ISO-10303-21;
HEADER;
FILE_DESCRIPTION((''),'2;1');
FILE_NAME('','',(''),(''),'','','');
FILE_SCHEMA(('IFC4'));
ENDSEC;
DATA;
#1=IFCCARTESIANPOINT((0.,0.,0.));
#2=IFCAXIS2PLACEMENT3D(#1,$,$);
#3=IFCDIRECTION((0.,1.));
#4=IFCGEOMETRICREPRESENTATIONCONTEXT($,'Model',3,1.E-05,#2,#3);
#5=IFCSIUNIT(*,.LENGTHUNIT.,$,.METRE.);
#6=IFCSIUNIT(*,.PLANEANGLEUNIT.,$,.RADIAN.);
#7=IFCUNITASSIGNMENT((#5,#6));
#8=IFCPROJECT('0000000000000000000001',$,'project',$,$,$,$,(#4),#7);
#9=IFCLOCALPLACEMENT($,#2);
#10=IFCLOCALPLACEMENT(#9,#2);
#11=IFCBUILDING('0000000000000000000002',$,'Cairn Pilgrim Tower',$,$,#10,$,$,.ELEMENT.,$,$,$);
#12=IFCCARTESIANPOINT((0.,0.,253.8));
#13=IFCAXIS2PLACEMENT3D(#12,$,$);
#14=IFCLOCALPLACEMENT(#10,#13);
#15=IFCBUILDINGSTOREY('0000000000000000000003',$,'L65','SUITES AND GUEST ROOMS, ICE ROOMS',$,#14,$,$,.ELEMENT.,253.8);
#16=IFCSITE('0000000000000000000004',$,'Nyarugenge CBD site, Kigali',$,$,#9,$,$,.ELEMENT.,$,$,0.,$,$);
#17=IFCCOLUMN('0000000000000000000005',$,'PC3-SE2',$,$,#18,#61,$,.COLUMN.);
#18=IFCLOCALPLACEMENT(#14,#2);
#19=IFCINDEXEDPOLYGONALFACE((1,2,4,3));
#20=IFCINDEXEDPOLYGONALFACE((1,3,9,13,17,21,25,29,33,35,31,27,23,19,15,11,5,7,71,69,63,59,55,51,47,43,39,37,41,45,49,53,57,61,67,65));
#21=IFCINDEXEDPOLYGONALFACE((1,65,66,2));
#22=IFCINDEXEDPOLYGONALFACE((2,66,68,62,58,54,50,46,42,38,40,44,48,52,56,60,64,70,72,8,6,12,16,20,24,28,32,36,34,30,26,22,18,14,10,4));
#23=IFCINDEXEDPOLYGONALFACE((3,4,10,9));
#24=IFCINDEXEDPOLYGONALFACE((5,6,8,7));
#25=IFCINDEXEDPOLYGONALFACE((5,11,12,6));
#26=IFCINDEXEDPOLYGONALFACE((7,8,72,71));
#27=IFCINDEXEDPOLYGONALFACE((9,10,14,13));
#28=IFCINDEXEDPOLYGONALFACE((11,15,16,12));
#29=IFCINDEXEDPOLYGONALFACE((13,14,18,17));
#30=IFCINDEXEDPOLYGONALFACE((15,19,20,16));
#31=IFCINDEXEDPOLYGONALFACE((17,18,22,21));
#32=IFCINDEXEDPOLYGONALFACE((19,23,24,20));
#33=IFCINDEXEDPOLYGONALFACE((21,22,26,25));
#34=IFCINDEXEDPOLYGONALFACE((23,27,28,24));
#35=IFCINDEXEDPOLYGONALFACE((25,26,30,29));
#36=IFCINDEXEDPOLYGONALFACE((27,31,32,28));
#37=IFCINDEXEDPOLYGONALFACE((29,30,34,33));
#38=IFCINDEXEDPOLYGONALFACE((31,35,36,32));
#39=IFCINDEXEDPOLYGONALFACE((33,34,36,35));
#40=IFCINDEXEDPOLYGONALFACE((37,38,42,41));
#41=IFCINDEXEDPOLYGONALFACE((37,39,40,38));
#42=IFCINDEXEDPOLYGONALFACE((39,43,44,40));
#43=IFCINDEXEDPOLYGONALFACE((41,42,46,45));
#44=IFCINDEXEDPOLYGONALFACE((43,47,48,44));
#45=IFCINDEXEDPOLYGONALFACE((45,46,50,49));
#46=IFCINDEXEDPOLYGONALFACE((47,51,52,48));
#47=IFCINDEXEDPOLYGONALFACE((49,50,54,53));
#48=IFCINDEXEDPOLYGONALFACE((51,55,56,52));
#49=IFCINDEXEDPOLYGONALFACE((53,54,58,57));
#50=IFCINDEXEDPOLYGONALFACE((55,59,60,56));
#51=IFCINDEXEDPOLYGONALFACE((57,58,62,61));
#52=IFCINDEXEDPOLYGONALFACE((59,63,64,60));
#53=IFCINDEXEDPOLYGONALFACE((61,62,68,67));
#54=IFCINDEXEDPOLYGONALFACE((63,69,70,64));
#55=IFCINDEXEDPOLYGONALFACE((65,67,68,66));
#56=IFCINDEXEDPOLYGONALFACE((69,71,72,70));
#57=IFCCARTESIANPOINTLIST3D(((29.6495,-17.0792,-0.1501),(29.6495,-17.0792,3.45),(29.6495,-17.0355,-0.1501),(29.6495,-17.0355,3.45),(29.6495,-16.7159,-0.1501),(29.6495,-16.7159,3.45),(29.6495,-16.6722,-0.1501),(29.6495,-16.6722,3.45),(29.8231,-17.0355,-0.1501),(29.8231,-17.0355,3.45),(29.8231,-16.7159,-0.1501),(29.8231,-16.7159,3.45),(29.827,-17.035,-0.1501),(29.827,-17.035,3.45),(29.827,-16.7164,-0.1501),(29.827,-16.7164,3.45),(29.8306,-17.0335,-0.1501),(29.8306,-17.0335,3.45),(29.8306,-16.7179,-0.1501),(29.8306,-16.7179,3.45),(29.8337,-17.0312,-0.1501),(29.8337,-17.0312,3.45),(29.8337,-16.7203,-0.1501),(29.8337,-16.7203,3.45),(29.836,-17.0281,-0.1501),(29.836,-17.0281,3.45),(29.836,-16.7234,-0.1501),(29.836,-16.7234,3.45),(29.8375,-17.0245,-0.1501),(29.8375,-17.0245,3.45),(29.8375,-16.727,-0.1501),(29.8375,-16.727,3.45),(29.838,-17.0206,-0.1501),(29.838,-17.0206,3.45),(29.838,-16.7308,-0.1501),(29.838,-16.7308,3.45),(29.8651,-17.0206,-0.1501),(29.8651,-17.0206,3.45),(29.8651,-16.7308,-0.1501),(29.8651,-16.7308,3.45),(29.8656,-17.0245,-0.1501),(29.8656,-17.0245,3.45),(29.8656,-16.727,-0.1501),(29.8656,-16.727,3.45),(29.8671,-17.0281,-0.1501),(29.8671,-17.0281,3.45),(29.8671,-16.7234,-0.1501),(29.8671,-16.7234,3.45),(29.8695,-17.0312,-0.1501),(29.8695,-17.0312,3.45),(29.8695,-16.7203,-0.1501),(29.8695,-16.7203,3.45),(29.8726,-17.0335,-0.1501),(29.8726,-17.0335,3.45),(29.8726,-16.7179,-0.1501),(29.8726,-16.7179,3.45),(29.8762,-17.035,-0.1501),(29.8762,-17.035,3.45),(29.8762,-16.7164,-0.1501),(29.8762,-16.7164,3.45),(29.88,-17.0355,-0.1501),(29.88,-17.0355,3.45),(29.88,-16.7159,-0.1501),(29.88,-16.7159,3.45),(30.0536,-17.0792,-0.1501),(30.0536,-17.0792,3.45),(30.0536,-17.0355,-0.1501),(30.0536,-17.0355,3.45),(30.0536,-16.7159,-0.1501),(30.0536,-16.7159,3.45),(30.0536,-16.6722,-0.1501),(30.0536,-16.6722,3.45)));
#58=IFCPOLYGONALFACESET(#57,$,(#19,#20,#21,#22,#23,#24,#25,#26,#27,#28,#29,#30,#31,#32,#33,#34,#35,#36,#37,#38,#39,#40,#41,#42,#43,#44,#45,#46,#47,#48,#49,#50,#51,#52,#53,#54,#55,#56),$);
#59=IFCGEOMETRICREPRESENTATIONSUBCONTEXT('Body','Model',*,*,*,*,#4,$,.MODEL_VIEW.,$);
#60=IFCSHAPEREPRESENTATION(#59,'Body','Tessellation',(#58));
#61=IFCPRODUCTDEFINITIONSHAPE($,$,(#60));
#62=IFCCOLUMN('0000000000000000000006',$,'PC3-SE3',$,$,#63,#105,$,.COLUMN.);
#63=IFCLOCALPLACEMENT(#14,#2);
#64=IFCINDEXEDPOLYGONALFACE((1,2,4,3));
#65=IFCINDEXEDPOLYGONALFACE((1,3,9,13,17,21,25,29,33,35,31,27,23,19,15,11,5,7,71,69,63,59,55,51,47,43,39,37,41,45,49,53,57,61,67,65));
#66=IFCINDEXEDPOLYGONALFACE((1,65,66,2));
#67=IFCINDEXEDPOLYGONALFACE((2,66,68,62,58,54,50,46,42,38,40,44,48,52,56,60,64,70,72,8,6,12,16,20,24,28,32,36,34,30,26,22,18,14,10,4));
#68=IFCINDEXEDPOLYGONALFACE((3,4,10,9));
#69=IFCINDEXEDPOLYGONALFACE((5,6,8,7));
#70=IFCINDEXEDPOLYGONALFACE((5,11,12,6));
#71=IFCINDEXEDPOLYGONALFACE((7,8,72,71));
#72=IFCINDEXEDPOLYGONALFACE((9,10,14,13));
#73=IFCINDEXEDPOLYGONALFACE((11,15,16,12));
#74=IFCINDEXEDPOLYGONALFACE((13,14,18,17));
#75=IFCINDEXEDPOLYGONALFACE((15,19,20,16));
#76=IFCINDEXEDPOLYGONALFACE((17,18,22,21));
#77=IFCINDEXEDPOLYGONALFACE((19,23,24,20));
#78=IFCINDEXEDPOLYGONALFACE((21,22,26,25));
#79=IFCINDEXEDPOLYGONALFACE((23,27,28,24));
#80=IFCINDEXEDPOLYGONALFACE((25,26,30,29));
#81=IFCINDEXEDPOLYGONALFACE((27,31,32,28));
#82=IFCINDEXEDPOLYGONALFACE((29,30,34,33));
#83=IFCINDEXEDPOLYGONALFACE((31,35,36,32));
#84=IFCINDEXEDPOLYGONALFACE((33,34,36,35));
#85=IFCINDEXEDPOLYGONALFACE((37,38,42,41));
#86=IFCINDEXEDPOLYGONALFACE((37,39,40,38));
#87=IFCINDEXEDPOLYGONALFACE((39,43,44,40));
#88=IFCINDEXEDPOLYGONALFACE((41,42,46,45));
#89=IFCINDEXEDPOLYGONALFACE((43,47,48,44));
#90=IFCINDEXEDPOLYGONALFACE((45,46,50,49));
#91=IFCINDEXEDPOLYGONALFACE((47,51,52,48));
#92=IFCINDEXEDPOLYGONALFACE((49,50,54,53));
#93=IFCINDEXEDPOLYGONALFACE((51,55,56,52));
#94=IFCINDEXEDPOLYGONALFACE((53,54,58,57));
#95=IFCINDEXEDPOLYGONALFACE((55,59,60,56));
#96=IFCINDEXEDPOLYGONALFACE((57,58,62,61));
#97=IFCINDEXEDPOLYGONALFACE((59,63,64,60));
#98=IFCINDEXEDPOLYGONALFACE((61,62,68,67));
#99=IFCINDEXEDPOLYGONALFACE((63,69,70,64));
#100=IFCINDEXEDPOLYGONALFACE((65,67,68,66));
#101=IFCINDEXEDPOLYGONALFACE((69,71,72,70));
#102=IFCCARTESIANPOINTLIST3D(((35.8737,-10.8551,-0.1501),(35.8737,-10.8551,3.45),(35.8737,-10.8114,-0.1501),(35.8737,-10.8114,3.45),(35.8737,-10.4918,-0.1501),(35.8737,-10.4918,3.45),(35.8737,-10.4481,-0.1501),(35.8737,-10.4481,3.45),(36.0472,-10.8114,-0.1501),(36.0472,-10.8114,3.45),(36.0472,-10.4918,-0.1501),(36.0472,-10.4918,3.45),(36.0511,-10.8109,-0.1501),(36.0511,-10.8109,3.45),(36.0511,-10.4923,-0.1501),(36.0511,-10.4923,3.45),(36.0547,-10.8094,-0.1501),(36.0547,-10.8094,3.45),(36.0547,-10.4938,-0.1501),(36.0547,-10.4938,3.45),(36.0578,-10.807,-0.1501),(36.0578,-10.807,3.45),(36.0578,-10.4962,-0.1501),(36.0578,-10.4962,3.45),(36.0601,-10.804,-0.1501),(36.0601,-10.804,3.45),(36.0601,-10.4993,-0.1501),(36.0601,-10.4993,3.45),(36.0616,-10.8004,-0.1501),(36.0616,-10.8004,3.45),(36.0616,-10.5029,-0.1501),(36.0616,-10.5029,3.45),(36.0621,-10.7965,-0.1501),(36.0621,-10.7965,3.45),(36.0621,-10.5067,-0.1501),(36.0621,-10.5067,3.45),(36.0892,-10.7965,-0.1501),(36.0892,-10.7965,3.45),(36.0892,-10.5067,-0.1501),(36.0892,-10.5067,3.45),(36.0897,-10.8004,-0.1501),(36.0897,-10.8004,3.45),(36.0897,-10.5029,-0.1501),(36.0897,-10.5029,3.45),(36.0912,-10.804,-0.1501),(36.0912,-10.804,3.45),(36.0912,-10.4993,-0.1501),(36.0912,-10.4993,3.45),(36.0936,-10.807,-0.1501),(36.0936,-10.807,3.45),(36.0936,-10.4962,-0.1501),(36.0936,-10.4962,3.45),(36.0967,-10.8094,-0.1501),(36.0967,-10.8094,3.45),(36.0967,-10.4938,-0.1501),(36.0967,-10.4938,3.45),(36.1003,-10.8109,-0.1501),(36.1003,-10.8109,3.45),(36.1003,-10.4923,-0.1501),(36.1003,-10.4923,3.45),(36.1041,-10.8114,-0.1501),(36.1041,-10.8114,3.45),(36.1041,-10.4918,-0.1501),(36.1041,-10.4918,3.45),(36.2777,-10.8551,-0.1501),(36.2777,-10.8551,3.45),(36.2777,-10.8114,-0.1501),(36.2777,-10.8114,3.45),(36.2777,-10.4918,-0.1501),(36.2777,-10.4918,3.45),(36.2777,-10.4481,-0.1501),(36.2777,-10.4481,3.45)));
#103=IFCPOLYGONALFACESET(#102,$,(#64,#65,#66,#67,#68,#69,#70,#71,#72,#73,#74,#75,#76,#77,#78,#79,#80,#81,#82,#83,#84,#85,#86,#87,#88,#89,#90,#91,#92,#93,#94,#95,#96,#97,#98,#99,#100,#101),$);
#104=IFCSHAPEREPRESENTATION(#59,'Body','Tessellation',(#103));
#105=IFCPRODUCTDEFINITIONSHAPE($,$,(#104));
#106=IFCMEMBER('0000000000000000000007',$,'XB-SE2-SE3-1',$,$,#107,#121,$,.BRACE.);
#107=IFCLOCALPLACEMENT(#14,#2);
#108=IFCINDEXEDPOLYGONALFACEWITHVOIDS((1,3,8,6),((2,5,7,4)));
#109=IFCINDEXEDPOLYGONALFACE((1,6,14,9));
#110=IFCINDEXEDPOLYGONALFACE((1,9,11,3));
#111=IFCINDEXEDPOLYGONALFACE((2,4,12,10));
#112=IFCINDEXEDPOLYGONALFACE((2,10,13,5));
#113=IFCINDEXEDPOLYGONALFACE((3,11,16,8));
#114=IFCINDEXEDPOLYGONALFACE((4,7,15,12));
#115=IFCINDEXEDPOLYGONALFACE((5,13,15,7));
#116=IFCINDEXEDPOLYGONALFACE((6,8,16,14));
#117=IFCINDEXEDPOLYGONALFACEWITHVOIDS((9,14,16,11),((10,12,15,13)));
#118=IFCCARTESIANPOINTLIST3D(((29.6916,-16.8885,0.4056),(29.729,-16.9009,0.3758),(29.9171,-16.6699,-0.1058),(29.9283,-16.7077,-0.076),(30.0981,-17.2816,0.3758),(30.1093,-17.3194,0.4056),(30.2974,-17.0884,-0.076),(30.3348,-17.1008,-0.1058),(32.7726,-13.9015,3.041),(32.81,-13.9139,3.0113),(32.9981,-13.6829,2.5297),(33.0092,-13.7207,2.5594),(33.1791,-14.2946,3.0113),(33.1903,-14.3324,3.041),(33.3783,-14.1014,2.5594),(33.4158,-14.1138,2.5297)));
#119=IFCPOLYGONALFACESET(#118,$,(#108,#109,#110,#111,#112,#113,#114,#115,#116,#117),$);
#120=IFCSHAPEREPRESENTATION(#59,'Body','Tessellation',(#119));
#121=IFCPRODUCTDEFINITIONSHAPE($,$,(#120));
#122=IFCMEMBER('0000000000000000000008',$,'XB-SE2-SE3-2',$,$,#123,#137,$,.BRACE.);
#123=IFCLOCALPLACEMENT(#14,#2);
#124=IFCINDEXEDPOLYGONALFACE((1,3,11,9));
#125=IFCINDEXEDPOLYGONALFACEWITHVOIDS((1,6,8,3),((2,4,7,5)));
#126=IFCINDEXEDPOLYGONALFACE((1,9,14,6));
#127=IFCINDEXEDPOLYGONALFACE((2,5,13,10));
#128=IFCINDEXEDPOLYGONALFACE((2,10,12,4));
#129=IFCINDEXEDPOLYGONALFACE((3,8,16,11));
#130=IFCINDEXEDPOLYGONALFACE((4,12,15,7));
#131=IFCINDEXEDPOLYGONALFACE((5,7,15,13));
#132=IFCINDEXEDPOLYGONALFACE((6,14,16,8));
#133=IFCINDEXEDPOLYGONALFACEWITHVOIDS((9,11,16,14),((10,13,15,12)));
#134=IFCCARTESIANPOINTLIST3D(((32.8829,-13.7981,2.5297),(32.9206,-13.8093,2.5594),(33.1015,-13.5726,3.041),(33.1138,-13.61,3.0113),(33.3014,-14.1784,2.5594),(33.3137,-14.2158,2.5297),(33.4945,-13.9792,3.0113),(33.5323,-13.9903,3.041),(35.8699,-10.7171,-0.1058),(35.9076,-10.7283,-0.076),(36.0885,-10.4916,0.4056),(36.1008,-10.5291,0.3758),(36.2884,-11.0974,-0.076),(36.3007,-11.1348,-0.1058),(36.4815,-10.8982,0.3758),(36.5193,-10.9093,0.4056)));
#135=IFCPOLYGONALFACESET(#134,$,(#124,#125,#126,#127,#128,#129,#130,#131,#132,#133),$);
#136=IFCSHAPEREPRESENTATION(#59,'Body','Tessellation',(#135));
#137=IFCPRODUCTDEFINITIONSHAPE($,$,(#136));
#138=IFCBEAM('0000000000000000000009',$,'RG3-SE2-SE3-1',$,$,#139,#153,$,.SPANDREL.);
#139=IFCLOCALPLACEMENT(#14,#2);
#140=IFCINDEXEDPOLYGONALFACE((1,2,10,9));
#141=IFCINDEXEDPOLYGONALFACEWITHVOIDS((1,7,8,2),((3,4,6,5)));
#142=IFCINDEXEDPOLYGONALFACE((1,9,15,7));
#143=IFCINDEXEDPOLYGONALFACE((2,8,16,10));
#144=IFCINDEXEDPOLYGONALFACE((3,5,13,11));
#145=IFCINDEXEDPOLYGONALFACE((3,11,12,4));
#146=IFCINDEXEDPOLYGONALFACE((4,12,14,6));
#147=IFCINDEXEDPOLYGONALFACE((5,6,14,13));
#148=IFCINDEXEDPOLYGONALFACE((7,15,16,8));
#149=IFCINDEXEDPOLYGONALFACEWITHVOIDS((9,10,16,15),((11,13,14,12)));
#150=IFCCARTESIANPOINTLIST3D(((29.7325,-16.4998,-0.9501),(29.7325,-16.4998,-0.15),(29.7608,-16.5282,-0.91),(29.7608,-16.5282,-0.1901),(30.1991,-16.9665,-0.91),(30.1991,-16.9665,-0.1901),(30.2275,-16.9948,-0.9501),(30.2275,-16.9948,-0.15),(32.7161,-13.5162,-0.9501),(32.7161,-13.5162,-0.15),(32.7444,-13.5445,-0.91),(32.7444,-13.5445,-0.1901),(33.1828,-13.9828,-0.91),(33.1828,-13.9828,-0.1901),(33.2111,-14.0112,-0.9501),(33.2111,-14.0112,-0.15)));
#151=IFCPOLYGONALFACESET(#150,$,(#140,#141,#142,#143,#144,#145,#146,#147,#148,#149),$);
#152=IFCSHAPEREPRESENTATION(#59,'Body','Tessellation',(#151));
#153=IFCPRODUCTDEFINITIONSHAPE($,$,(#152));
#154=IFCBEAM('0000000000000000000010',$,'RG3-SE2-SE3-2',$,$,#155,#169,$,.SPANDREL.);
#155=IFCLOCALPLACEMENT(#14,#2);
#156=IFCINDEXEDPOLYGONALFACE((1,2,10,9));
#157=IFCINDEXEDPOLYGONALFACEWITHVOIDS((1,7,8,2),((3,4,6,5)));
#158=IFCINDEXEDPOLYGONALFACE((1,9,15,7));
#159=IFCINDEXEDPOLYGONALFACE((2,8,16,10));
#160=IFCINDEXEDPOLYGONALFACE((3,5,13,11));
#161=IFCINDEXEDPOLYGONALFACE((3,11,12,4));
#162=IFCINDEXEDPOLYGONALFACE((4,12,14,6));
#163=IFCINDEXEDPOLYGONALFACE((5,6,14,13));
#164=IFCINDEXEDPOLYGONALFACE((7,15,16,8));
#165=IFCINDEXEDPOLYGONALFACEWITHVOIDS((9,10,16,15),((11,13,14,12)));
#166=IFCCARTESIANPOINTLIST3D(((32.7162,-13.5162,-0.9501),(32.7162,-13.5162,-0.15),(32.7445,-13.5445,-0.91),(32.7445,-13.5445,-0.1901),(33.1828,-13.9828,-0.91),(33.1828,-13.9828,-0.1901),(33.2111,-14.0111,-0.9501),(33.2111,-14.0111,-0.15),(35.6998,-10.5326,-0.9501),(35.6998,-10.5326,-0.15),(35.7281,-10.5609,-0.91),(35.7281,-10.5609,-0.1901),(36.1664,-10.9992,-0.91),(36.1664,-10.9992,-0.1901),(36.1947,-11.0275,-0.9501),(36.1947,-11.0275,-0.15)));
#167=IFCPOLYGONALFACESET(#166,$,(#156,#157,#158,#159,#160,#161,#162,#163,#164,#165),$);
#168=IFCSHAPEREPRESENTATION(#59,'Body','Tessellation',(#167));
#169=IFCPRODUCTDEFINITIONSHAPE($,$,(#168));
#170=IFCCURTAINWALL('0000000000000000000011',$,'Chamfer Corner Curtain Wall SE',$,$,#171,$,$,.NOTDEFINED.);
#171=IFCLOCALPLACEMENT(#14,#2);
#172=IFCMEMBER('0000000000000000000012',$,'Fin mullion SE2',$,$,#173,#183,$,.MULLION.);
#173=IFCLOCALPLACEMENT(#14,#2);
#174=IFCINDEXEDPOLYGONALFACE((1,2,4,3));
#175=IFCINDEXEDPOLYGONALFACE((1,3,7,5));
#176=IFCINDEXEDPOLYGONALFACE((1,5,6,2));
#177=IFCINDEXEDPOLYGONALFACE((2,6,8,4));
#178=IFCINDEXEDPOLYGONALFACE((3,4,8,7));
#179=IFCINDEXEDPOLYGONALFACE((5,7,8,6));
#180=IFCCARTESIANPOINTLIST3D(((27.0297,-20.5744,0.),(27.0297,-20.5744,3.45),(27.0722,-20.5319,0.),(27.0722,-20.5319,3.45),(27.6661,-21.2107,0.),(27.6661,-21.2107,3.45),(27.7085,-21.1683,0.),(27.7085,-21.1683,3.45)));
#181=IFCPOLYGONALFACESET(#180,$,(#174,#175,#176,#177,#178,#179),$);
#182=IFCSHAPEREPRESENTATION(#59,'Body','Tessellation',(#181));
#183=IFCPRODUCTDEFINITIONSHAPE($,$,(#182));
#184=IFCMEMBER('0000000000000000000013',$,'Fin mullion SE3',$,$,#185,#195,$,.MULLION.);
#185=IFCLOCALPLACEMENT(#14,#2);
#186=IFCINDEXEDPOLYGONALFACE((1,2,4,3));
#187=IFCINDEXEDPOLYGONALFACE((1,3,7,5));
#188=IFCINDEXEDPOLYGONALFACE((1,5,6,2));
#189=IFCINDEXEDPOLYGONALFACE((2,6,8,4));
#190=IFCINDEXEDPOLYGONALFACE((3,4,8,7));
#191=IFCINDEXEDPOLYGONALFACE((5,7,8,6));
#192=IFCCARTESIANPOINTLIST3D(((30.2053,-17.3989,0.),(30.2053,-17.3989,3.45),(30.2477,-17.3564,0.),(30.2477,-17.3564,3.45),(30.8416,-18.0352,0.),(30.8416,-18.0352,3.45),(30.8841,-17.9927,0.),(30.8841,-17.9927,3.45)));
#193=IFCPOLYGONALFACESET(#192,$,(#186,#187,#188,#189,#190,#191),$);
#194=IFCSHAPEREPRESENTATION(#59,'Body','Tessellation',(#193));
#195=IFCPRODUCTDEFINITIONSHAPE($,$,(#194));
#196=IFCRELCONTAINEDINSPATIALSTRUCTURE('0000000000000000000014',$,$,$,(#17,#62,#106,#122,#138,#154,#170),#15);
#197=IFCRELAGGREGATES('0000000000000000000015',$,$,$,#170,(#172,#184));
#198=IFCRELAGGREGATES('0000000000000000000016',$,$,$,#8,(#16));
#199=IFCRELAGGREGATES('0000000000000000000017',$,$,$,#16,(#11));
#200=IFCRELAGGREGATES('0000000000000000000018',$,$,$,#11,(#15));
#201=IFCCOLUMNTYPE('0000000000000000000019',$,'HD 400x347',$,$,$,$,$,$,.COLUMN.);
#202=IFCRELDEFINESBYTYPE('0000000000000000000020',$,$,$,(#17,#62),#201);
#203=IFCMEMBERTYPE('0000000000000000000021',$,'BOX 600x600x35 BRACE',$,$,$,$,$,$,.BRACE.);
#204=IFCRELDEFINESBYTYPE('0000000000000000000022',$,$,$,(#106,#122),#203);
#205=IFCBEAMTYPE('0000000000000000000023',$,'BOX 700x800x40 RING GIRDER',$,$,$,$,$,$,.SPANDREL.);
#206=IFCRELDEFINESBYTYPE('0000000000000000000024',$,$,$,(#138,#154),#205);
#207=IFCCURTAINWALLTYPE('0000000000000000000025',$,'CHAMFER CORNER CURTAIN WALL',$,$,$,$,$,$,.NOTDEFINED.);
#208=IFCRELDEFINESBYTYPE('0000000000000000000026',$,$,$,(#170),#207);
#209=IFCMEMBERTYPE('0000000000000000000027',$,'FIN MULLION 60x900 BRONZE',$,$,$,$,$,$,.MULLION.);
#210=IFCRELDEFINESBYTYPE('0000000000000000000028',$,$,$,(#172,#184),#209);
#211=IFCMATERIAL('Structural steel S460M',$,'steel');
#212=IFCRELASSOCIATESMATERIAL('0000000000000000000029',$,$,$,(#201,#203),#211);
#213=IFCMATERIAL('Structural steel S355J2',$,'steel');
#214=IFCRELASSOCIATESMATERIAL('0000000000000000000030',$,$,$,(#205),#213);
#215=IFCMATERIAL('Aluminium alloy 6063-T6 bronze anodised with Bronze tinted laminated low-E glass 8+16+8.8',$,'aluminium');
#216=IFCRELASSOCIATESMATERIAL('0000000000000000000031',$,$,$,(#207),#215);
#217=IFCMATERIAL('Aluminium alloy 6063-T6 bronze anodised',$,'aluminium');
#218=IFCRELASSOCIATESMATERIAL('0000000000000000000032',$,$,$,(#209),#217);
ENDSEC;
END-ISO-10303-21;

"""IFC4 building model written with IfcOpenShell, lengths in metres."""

from ifc_helpers import new_model, si_unit, direction, frame, origin, origin_2d, place, context, subcontext, project, spatial, rectangle, hollow_rectangle, i_section, extrude, material, material_profile, profile_set, type_object, element, aggregate, save


model = new_model("IFC4")

# Units and contexts
model_context = context("Model", 3, precision=1e-05, world=origin(), true_north=direction((0.0, 1.0)))
body_context = subcontext(model_context, "Body", "Model", "MODEL_VIEW")
ifc_project = project(units=[si_unit("LENGTHUNIT", "METRE"), si_unit("PLANEANGLEUNIT", "RADIAN")], contexts=[model_context])

# Site, building, storey
site_placement = place(None, origin())
site = spatial("IfcSite", under=ifc_project, at=site_placement, Name="Nyarugenge CBD site, Kigali", CompositionType="ELEMENT", RefElevation=0.0)
building_placement = place(site_placement, origin())
building = spatial("IfcBuilding", under=site, at=building_placement, Name="Cairn Pilgrim Tower", CompositionType="ELEMENT")
storey_placement = place(building_placement, frame((0.0, 0.0, 253.8)))
storey = spatial("IfcBuildingStorey", under=building, at=storey_placement, Name="L65", Description="SUITES AND GUEST ROOMS, ICE ROOMS", CompositionType="ELEMENT", Elevation=253.8)

# Columns
ifc_material_1 = material(Name="Structural steel S460M", Category="steel")
ifc_material_profile_1 = material_profile(ifc_material_1, i_section(OverallWidth=0.4041, OverallDepth=0.407, WebThickness=0.0271, FlangeThickness=0.0437, FilletRadius=0.0149, at=origin_2d()), Name="HD 400x347")
ifc_profile_set_1 = profile_set([ifc_material_profile_1], Name="Structural steel S460M")
column_type = type_object("IfcColumnType", Name="HD 400x347", PredefinedType="COLUMN", material=ifc_profile_set_1)
for number, where, z_axis, x_axis, name in (
    (1, (29.8516, -16.8757, -0.1501), (0.0, 0.0, 1.0), (1.0, 0.0, 0.0), "PC3-SE2"),
    (2, (36.0757, -10.6516, -0.1501), (0.0, 0.0, 1.0), (1.0, 0.0, 0.0), "PC3-SE3"),
):
    element("IfcColumn", number, at=place(storey_placement, frame(where, z_axis=z_axis, x_axis=x_axis)), inside=storey, type_object=column_type, Name=name, PredefinedType="COLUMN", context=body_context, shape_type="SweptSolid", body=[
        extrude(i_section(OverallWidth=0.4041, OverallDepth=0.407, WebThickness=0.0271, FlangeThickness=0.0437, FilletRadius=0.0149, at=origin_2d()), origin(), (0.0, 0.0, 1.0), 3.6001),
    ])

# Members
ifc_material_profile_2 = material_profile(ifc_material_1, hollow_rectangle(XDim=0.6001, YDim=0.6001, WallThickness=0.0349, at=origin_2d()), Name="BOX 600x600x35")
ifc_profile_set_2 = profile_set([ifc_material_profile_2], Name="Structural steel S460M")
member_type_1 = type_object("IfcMemberType", Name="BOX 600x600x35 BRACE", PredefinedType="BRACE", material=ifc_profile_set_2)
for number, where, z_axis, x_axis, name in (
    (3, (30.0132, -16.9946, 0.1499), (0.611806, 0.593142, 0.523332), (-0.69607, 0.717974, 0.0), "XB-SE2-SE3-1"),
    (4, (36.1946, -10.8132, 0.1499), (-0.593142, -0.611806, 0.523332), (0.717974, -0.69607, 0.0), "XB-SE2-SE3-2"),
):
    element("IfcMember", number, at=place(storey_placement, frame(where, z_axis=z_axis, x_axis=x_axis)), inside=storey, type_object=member_type_1, Name=name, PredefinedType="BRACE", context=body_context, shape_type="SweptSolid", body=[
        extrude(hollow_rectangle(XDim=0.6001, YDim=0.6001, WallThickness=0.0349, at=origin_2d()), origin(), (0.0, 0.0, 1.0), 5.0359),
    ])

# Beams
ifc_material_2 = material(Name="Structural steel S355J2", Category="steel")
ifc_material_profile_3 = material_profile(ifc_material_2, hollow_rectangle(XDim=0.7, YDim=0.8, WallThickness=0.04, at=origin_2d()), Name="BOX 700x800x40")
ifc_profile_set_3 = profile_set([ifc_material_profile_3], Name="Structural steel S355J2")
beam_type_1 = type_object("IfcBeamType", Name="BOX 700x800x40 RING GIRDER", PredefinedType="SPANDREL", material=ifc_profile_set_3)
for number, where, z_axis, x_axis, name in (
    (5, (29.98, -16.7473, -0.55), (0.707107, 0.707107, 0.0), (-0.707107, 0.707107, 0.0), "RG3-SE2-SE3-1"),
    (6, (32.9636, -13.7637, -0.55), (0.707107, 0.707107, 0.0), (-0.707107, 0.707107, 0.0), "RG3-SE2-SE3-2"),
):
    element("IfcBeam", number, at=place(storey_placement, frame(where, z_axis=z_axis, x_axis=x_axis)), inside=storey, type_object=beam_type_1, Name=name, PredefinedType="SPANDREL", context=body_context, shape_type="SweptSolid", body=[
        extrude(hollow_rectangle(XDim=0.7, YDim=0.8, WallThickness=0.04, at=origin_2d()), origin(), (0.0, 0.0, 1.0), 4.2195),
    ])

# Curtain wall, members
ifc_material_3 = material(Name="Aluminium alloy 6063-T6 bronze anodised with Bronze tinted laminated low-E glass 8+16+8.8", Category="aluminium")
curtain_wall_type = type_object("IfcCurtainWallType", Name="CHAMFER CORNER CURTAIN WALL", PredefinedType="NOTDEFINED", material=ifc_material_3)
curtain_wall_placement = place(storey_placement, origin())
curtain_wall = element("IfcCurtainWall", 7, at=curtain_wall_placement, inside=storey, type_object=curtain_wall_type, Name="Chamfer Corner Curtain Wall SE", PredefinedType="NOTDEFINED")
ifc_material_4 = material(Name="Aluminium alloy 6063-T6 bronze anodised", Category="aluminium")
ifc_material_profile_4 = material_profile(ifc_material_4, rectangle(XDim=0.8999, YDim=0.0601, at=origin_2d()), Name="FIN MULLION 60x900 BRONZE")
ifc_profile_set_4 = profile_set([ifc_material_profile_4], Name="Aluminium alloy 6063-T6 bronze anodised")
member_type_2 = type_object("IfcMemberType", Name="FIN MULLION 60x900 BRONZE", PredefinedType="MULLION", material=ifc_profile_set_4)
member_1_placement = place(storey_placement, frame((27.3691, -20.8713, 0.0), z_axis=(0.0, 0.0, 1.0), x_axis=(0.707107, -0.707107, 0.0)))
member_1 = element("IfcMember", 8, at=member_1_placement, type_object=member_type_2, Name="Fin mullion SE2", PredefinedType="MULLION", context=body_context, shape_type="SweptSolid", body=[
    extrude(rectangle(XDim=0.8999, YDim=0.0601, at=origin_2d()), origin(), (0.0, 0.0, 1.0), 3.45),
])
member_2_placement = place(storey_placement, frame((30.5447, -17.6958, 0.0), z_axis=(0.0, 0.0, 1.0), x_axis=(0.707107, -0.707107, 0.0)))
member_2 = element("IfcMember", 9, at=member_2_placement, type_object=member_type_2, Name="Fin mullion SE3", PredefinedType="MULLION", context=body_context, shape_type="SweptSolid", body=[
    extrude(rectangle(XDim=0.8999, YDim=0.0601, at=origin_2d()), origin(), (0.0, 0.0, 1.0), 3.45),
])

aggregate(curtain_wall, [member_1, member_2])

save(model, "model.ifc")
